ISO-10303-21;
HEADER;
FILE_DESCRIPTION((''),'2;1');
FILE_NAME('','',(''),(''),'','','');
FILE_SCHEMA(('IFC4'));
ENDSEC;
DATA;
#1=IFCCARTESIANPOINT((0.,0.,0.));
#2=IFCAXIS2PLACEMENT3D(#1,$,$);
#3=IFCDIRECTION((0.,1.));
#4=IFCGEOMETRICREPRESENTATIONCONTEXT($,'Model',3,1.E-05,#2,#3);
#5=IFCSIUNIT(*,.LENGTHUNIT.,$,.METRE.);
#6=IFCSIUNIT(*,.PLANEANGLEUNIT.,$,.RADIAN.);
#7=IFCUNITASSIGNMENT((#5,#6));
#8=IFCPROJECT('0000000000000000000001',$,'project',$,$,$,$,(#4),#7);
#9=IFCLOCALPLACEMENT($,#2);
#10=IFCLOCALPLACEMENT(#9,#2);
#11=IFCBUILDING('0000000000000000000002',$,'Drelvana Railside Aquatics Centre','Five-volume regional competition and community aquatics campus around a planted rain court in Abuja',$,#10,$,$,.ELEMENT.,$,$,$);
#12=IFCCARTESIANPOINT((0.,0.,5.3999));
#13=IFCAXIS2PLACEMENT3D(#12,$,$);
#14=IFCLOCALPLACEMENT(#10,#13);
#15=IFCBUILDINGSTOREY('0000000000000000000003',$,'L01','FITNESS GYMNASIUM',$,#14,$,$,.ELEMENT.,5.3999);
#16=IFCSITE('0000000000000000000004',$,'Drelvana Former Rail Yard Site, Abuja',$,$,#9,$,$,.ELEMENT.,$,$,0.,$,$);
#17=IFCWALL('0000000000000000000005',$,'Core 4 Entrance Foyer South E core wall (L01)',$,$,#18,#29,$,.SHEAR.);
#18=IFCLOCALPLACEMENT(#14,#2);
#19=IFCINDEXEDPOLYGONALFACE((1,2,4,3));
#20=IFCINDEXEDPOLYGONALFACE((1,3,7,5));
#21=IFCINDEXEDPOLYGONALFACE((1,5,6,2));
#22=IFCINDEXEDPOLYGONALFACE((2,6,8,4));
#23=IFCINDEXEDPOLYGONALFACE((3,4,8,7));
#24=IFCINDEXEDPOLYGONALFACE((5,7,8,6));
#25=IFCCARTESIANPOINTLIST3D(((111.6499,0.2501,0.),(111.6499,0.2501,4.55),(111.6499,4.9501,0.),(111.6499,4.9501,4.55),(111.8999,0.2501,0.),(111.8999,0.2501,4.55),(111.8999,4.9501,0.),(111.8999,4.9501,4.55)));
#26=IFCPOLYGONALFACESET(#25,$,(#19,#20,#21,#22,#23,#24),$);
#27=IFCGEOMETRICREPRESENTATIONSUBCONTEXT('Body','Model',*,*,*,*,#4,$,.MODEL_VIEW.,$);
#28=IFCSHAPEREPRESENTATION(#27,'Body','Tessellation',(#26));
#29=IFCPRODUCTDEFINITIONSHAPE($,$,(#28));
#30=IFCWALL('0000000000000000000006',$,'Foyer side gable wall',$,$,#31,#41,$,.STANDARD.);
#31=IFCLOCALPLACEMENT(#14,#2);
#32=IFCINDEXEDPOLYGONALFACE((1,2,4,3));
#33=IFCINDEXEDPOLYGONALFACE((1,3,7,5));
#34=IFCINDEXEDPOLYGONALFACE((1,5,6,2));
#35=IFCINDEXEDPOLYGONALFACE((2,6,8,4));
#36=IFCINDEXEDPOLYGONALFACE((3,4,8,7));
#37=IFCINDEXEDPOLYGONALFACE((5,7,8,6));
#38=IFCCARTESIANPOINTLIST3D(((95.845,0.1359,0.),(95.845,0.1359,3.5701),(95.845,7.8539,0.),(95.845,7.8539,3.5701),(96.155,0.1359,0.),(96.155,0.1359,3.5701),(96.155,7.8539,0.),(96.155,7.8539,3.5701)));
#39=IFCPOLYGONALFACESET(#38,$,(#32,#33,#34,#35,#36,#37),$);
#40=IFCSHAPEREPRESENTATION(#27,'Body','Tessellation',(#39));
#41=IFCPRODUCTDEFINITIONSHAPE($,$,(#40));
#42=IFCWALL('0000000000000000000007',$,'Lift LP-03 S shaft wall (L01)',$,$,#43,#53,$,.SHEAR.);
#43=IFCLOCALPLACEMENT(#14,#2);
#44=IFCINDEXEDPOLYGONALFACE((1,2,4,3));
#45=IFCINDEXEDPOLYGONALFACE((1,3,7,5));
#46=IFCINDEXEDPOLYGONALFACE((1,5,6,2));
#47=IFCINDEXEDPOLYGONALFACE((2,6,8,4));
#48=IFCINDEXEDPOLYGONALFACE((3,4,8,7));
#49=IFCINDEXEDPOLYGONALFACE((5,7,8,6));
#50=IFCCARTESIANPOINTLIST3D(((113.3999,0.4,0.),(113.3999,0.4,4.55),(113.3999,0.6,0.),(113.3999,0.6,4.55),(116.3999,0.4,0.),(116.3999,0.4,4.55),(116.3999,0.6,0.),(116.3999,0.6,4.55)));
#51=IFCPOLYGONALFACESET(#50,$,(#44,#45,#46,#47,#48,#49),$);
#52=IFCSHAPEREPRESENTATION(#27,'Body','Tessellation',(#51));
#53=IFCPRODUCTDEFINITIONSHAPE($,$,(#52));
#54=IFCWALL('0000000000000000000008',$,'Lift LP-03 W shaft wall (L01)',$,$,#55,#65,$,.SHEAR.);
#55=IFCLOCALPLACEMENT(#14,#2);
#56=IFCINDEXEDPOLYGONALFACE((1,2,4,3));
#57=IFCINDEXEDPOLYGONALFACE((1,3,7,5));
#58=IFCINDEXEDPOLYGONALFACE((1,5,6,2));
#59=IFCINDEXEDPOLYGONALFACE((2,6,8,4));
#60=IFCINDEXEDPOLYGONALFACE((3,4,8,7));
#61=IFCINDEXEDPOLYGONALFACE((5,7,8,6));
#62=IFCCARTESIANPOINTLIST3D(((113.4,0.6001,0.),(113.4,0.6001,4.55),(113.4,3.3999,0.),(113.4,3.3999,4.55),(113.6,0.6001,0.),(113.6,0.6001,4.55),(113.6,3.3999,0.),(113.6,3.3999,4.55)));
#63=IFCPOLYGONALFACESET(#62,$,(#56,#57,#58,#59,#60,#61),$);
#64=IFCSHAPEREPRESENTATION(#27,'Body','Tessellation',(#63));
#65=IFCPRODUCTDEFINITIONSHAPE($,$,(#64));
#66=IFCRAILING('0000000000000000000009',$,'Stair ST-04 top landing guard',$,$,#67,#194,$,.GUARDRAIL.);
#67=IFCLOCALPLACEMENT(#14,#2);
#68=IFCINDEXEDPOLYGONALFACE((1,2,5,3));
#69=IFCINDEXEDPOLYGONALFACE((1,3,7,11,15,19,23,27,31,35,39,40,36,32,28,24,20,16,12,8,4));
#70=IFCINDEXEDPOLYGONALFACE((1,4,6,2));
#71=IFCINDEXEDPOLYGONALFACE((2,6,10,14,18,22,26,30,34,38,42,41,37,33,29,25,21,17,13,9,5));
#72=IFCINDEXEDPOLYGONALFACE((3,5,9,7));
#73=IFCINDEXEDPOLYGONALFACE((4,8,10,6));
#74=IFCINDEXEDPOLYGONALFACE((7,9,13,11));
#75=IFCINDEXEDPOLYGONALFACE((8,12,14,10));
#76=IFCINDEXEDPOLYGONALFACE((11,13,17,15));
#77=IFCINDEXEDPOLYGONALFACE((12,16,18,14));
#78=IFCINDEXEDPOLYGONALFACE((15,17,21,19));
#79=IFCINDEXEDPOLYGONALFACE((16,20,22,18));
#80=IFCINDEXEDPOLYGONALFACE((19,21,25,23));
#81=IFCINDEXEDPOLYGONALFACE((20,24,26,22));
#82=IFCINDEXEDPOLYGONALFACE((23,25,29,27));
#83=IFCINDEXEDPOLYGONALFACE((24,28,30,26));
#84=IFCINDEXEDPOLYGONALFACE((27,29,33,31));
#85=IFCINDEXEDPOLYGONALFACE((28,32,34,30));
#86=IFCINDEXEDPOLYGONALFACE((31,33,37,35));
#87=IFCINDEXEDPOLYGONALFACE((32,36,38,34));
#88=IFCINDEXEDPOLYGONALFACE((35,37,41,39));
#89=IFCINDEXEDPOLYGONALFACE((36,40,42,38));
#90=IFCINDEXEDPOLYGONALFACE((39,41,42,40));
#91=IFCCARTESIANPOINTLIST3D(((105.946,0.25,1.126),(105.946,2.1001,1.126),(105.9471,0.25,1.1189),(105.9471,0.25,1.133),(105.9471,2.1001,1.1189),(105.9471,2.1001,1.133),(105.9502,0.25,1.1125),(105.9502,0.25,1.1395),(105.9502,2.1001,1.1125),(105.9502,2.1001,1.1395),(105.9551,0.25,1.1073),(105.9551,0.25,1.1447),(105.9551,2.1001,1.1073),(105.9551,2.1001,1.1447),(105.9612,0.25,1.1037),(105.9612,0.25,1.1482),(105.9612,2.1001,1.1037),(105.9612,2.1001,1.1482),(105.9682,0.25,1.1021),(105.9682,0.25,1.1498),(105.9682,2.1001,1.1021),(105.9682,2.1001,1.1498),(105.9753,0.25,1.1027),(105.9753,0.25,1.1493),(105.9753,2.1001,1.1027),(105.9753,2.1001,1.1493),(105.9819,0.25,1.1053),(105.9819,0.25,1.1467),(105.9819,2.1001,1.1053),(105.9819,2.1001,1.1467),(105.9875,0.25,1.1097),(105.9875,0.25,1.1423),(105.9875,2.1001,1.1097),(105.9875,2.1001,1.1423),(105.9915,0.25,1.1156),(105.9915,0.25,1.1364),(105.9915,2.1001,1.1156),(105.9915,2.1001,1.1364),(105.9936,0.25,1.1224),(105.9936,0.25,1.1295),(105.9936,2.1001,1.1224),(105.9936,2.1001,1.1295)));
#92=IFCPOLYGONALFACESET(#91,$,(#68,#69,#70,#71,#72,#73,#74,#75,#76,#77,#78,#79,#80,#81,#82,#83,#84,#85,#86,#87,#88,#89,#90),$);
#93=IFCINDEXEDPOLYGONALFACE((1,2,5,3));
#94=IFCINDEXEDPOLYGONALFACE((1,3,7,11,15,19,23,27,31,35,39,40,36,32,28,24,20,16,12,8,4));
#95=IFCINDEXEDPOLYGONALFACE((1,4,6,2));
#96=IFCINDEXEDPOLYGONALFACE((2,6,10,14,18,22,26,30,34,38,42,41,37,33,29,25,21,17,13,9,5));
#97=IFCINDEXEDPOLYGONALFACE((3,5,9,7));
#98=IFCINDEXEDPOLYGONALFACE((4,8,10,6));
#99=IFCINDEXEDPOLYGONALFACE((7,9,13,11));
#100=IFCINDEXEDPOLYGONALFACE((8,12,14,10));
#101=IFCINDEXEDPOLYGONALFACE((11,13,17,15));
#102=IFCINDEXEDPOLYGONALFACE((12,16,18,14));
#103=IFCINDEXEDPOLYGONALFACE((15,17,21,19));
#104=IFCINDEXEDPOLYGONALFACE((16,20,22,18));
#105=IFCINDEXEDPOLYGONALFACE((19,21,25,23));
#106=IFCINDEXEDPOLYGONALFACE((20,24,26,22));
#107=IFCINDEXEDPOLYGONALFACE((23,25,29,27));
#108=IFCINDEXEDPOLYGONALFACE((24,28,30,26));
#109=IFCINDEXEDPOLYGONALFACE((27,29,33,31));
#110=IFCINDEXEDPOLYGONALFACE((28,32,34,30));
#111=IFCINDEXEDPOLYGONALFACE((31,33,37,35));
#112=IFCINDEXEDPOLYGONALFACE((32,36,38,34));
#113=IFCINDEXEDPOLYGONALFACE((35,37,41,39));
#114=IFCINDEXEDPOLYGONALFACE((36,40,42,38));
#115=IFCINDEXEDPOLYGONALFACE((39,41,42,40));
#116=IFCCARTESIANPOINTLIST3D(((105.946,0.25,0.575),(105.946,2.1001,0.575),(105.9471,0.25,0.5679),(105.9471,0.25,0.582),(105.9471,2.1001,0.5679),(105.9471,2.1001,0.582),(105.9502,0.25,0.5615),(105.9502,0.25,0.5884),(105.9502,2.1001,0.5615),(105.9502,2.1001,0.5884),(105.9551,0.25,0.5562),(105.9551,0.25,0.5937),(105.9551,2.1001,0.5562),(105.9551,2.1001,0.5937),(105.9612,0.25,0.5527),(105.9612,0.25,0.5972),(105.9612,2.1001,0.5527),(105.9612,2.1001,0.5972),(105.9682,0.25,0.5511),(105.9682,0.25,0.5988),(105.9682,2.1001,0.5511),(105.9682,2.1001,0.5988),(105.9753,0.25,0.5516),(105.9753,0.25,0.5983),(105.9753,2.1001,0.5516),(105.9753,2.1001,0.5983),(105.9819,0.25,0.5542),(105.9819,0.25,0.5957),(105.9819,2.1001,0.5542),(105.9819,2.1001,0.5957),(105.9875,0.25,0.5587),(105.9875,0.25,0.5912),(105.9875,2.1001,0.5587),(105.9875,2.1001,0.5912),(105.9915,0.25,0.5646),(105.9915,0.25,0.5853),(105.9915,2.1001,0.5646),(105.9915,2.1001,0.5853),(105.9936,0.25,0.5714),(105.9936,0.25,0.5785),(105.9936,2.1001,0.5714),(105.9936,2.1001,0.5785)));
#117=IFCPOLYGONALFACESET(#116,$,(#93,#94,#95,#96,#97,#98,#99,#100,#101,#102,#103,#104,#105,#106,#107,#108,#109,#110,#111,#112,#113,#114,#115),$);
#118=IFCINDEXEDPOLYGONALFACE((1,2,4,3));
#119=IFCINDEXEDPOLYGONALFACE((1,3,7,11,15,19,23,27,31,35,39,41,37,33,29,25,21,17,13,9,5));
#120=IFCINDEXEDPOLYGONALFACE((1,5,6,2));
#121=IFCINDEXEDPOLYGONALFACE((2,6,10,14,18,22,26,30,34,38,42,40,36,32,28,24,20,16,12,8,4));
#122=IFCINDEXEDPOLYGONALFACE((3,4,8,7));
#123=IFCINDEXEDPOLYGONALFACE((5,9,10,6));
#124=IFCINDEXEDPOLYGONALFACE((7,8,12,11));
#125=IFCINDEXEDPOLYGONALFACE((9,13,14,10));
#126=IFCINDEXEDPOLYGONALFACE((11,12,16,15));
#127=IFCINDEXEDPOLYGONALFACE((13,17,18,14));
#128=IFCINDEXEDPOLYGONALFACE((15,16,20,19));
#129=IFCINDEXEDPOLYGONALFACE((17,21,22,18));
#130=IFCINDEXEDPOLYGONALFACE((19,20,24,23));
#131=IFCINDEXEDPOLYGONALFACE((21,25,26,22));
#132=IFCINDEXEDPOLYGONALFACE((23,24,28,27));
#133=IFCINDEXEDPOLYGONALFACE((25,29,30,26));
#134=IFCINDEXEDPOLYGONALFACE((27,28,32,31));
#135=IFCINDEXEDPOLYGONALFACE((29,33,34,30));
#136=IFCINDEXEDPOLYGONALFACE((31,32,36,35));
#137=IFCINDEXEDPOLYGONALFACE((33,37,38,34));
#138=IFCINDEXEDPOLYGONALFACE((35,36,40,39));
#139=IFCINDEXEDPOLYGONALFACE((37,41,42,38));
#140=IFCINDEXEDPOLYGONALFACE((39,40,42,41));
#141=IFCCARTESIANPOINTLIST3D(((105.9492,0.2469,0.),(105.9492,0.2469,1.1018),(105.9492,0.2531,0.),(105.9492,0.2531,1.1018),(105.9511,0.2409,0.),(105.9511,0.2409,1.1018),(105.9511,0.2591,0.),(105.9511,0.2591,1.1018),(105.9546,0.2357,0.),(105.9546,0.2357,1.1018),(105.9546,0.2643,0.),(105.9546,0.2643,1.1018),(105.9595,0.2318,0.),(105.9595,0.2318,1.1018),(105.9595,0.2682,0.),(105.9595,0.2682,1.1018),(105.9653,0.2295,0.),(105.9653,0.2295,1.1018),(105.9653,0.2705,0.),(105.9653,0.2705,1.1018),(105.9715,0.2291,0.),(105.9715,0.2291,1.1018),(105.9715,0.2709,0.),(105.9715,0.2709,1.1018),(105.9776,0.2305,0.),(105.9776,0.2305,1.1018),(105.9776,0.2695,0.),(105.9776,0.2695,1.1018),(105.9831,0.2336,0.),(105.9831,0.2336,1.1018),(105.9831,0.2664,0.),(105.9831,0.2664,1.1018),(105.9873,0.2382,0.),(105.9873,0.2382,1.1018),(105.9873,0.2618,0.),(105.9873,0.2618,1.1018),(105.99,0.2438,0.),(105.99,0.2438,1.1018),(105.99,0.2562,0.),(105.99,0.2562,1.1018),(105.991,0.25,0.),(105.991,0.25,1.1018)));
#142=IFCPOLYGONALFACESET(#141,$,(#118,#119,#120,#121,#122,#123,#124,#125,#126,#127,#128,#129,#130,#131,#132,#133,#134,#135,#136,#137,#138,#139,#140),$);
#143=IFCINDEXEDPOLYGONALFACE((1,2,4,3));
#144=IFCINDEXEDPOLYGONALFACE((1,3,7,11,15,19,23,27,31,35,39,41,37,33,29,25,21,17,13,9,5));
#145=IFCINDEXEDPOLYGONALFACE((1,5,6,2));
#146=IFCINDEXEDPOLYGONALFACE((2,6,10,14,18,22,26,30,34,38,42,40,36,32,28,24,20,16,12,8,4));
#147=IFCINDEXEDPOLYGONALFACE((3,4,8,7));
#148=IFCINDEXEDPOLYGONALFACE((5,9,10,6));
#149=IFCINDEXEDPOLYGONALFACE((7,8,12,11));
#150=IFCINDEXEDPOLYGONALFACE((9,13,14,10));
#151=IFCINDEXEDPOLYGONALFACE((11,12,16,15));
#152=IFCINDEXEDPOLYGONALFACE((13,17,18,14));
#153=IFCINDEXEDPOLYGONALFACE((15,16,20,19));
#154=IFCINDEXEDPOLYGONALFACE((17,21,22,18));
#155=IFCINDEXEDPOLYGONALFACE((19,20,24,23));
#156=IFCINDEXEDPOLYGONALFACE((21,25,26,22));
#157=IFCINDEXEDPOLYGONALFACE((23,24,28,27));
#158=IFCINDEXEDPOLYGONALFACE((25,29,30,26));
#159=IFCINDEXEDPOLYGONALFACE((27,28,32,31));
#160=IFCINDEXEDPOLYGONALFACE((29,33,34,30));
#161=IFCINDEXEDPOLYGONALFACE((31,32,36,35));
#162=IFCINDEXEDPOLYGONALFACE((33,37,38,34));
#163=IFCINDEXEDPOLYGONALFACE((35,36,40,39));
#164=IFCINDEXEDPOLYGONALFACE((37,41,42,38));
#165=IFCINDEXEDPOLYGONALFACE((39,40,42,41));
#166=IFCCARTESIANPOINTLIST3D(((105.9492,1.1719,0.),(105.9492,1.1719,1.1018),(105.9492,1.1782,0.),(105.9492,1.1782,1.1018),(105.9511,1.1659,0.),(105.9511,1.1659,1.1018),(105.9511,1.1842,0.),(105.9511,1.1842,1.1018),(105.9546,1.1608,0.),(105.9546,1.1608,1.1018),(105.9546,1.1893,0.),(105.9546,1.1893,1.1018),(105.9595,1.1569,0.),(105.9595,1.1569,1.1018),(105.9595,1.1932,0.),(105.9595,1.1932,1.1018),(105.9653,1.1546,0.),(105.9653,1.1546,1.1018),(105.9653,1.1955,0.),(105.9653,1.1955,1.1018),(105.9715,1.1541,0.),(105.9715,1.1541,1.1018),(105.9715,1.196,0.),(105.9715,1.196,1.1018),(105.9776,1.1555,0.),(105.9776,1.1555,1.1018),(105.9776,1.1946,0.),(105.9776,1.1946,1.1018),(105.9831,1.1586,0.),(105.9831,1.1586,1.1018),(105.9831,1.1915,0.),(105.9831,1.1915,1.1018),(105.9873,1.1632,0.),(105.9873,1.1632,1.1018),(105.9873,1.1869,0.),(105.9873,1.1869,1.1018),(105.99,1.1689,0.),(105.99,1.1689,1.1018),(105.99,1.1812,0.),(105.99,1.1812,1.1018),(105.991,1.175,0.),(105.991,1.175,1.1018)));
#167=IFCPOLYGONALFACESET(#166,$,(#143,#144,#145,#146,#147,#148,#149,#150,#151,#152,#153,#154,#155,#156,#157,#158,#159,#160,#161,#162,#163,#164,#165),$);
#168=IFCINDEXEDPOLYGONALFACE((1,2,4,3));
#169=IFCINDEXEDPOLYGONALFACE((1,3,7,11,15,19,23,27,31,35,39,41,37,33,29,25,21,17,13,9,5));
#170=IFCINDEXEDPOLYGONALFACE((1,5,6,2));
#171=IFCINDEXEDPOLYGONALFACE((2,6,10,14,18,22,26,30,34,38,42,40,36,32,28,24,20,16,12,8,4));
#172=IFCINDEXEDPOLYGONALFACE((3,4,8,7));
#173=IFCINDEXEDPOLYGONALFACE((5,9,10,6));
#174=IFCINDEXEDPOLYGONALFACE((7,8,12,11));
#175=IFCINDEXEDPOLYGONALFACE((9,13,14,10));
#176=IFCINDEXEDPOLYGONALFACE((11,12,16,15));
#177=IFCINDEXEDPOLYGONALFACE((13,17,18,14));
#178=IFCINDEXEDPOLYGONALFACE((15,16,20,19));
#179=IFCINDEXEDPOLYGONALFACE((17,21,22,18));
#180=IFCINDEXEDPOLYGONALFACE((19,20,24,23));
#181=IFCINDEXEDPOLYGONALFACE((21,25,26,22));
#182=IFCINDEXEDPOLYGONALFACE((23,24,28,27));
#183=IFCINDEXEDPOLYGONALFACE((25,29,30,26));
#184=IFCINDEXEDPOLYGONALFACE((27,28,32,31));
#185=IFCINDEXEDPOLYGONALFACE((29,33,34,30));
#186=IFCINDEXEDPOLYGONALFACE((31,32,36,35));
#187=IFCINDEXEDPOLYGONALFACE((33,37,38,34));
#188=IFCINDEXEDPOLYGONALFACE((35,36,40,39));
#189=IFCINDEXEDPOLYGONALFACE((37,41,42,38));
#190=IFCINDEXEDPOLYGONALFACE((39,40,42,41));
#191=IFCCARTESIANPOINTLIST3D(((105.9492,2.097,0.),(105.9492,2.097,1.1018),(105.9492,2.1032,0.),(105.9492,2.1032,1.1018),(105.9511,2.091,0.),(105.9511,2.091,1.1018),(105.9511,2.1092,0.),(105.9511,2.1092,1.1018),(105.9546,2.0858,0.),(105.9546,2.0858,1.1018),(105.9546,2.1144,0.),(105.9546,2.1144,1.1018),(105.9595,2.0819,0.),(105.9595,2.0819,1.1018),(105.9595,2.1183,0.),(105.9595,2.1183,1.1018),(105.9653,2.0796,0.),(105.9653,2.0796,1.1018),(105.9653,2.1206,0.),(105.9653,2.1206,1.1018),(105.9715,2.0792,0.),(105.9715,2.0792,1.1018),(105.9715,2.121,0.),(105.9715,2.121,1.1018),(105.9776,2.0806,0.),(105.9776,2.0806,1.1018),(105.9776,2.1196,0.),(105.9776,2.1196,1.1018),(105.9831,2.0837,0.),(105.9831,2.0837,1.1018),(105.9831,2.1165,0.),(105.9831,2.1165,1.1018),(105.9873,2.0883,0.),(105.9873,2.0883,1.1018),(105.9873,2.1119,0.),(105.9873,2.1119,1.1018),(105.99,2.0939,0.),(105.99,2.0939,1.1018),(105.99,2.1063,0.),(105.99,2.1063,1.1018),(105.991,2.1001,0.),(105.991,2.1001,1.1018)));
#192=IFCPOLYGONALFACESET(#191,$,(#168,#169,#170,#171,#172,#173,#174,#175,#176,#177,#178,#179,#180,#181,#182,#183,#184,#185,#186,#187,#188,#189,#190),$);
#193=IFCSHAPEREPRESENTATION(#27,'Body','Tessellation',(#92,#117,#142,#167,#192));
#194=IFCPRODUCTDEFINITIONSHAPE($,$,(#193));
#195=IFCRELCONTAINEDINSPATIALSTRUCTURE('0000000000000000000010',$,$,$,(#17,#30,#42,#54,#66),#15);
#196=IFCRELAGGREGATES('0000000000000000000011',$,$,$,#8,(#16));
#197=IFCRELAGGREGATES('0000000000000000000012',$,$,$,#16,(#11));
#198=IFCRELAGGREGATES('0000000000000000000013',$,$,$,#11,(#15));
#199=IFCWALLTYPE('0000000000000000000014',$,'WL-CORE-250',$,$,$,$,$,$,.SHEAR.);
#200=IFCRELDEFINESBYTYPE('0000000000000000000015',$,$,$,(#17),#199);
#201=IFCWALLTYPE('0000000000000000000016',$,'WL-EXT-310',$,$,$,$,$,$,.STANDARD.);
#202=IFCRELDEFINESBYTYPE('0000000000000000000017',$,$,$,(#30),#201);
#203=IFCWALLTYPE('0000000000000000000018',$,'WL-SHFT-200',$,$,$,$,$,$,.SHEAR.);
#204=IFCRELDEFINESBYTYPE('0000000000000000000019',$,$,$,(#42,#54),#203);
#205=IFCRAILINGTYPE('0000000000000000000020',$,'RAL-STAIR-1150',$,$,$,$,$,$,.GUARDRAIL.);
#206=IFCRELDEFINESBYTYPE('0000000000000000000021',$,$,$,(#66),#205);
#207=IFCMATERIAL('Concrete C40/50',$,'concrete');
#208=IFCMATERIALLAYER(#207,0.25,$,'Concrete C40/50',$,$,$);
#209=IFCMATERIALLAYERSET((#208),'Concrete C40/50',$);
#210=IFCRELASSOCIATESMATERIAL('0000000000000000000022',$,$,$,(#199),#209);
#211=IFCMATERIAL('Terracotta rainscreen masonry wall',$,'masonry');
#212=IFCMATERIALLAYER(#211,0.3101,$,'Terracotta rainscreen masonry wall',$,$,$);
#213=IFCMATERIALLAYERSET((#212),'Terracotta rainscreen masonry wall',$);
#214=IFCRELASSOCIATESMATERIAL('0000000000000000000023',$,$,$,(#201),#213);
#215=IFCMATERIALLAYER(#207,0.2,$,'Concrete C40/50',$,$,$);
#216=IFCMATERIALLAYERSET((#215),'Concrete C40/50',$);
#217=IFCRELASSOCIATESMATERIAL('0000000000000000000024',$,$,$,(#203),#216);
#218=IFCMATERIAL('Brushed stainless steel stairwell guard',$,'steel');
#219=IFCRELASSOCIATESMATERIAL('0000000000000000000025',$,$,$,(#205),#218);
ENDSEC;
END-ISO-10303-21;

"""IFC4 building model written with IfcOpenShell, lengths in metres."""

from ifc_helpers import new_model, si_unit, direction, frame, frame_2d, origin, origin_2d, place, context, subcontext, project, spatial, rectangle, circle, extrude, material, layer, layer_set, type_object, element, save


model = new_model("IFC4")

# Units and contexts
model_context = context("Model", 3, precision=1e-05, world=origin(), true_north=direction((0.0, 1.0)))
body_context = subcontext(model_context, "Body", "Model", "MODEL_VIEW")
ifc_project = project(units=[si_unit("LENGTHUNIT", "METRE"), si_unit("PLANEANGLEUNIT", "RADIAN")], contexts=[model_context])

# Site, building, storey
site_placement = place(None, origin())
site = spatial("IfcSite", under=ifc_project, at=site_placement, Name="Drelvana Former Rail Yard Site, Abuja", CompositionType="ELEMENT", RefElevation=0.0)
building_placement = place(site_placement, origin())
building = spatial("IfcBuilding", under=site, at=building_placement, Name="Drelvana Railside Aquatics Centre", Description="Five-volume regional competition and community aquatics campus around a planted rain court in Abuja", CompositionType="ELEMENT")
storey_placement = place(building_placement, frame((0.0, 0.0, 5.3999)))
storey = spatial("IfcBuildingStorey", under=building, at=storey_placement, Name="L01", Description="FITNESS GYMNASIUM", CompositionType="ELEMENT", Elevation=5.3999)

# Shared definitions
ifc_material_1 = material(Name="Concrete C40/50", Category="concrete")

# Walls
ifc_layer_1 = layer(ifc_material_1, 0.25, Name="Concrete C40/50")
ifc_layer_set_1 = layer_set([ifc_layer_1], Name="Concrete C40/50")
wall_type_1 = type_object("IfcWallType", Name="WL-CORE-250", PredefinedType="SHEAR", material=ifc_layer_set_1)
for number, where, z_axis, x_axis, name in (
    (1, (111.7749, 0.25, 0.0), (0.0, 0.0, 1.0), (0.0, 1.0, 0.0), "Core 4 Entrance Foyer South E core wall (L01)"),
):
    element("IfcWall", number, at=place(storey_placement, frame(where, z_axis=z_axis, x_axis=x_axis)), inside=storey, type_object=wall_type_1, Name=name, PredefinedType="SHEAR", context=body_context, shape_type="SweptSolid", body=[
        extrude(rectangle(XDim=4.7, YDim=0.25, at=frame_2d((2.3501, 0.0))), origin(), (0.0, 0.0, 1.0), 4.55),
    ])
ifc_material_2 = material(Name="Terracotta rainscreen masonry wall", Category="masonry")
ifc_layer_2 = layer(ifc_material_2, 0.3101, Name="Terracotta rainscreen masonry wall")
ifc_layer_set_2 = layer_set([ifc_layer_2], Name="Terracotta rainscreen masonry wall")
wall_type_2 = type_object("IfcWallType", Name="WL-EXT-310", PredefinedType="STANDARD", material=ifc_layer_set_2)
wall_1_placement = place(storey_placement, frame((96.0, 0.136, 0.0), z_axis=(0.0, 0.0, 1.0), x_axis=(0.0, 1.0, 0.0)))
element("IfcWall", 2, at=wall_1_placement, inside=storey, type_object=wall_type_2, Name="Foyer side gable wall", PredefinedType="STANDARD", context=body_context, shape_type="SweptSolid", body=[
    extrude(rectangle(XDim=7.718, YDim=0.3101, at=frame_2d((3.8589, 0.0))), origin(), (0.0, 0.0, 1.0), 3.5701),
])
ifc_layer_3 = layer(ifc_material_1, 0.2, Name="Concrete C40/50")
ifc_layer_set_3 = layer_set([ifc_layer_3], Name="Concrete C40/50")
wall_type_3 = type_object("IfcWallType", Name="WL-SHFT-200", PredefinedType="SHEAR", material=ifc_layer_set_3)
wall_2_placement = place(storey_placement, frame((113.3999, 0.5, 0.0), z_axis=(0.0, 0.0, 1.0), x_axis=(1.0, 0.0, 0.0)))
element("IfcWall", 3, at=wall_2_placement, inside=storey, type_object=wall_type_3, Name="Lift LP-03 S shaft wall (L01)", PredefinedType="SHEAR", context=body_context, shape_type="SweptSolid", body=[
    extrude(rectangle(XDim=3.0, YDim=0.2, at=frame_2d((1.5, 0.0))), origin(), (0.0, 0.0, 1.0), 4.55),
])
wall_3_placement = place(storey_placement, frame((113.5, 0.6001, 0.0), z_axis=(0.0, 0.0, 1.0), x_axis=(0.0, 1.0, 0.0)))
element("IfcWall", 4, at=wall_3_placement, inside=storey, type_object=wall_type_3, Name="Lift LP-03 W shaft wall (L01)", PredefinedType="SHEAR", context=body_context, shape_type="SweptSolid", body=[
    extrude(rectangle(XDim=2.7998, YDim=0.2, at=frame_2d((1.3999, 0.0))), origin(), (0.0, 0.0, 1.0), 4.55),
])

# Railing
ifc_material_3 = material(Name="Brushed stainless steel stairwell guard", Category="steel")
railing_type = type_object("IfcRailingType", Name="RAL-STAIR-1150", PredefinedType="GUARDRAIL", material=ifc_material_3)
railing_placement = place(storey_placement, frame((105.97, 0.25, 0.0)))
element("IfcRailing", 5, at=railing_placement, inside=storey, type_object=railing_type, Name="Stair ST-04 top landing guard", PredefinedType="GUARDRAIL", context=body_context, shape_type="SweptSolid", body=[
    extrude(circle(Radius=0.0239, at=origin_2d()), frame((0.0, 0.0, 1.126), z_axis=(0.0, 1.0, 0.0), x_axis=(-1.0, 0.0, 0.0)), (0.0, 0.0, 1.0), 1.8501),
    extrude(circle(Radius=0.0239, at=origin_2d()), frame((0.0, 0.0, 0.575), z_axis=(0.0, 1.0, 0.0), x_axis=(-1.0, 0.0, 0.0)), (0.0, 0.0, 1.0), 1.8501),
    extrude(circle(Radius=0.021, at=origin_2d()), origin(), (0.0, 0.0, 1.0), 1.1018),
    extrude(circle(Radius=0.021, at=origin_2d()), frame((0.0, 0.925, 0.0)), (0.0, 0.0, 1.0), 1.1018),
    extrude(circle(Radius=0.021, at=origin_2d()), frame((0.0, 1.8501, 0.0)), (0.0, 0.0, 1.0), 1.1018),
])

save(model, "model.ifc")
